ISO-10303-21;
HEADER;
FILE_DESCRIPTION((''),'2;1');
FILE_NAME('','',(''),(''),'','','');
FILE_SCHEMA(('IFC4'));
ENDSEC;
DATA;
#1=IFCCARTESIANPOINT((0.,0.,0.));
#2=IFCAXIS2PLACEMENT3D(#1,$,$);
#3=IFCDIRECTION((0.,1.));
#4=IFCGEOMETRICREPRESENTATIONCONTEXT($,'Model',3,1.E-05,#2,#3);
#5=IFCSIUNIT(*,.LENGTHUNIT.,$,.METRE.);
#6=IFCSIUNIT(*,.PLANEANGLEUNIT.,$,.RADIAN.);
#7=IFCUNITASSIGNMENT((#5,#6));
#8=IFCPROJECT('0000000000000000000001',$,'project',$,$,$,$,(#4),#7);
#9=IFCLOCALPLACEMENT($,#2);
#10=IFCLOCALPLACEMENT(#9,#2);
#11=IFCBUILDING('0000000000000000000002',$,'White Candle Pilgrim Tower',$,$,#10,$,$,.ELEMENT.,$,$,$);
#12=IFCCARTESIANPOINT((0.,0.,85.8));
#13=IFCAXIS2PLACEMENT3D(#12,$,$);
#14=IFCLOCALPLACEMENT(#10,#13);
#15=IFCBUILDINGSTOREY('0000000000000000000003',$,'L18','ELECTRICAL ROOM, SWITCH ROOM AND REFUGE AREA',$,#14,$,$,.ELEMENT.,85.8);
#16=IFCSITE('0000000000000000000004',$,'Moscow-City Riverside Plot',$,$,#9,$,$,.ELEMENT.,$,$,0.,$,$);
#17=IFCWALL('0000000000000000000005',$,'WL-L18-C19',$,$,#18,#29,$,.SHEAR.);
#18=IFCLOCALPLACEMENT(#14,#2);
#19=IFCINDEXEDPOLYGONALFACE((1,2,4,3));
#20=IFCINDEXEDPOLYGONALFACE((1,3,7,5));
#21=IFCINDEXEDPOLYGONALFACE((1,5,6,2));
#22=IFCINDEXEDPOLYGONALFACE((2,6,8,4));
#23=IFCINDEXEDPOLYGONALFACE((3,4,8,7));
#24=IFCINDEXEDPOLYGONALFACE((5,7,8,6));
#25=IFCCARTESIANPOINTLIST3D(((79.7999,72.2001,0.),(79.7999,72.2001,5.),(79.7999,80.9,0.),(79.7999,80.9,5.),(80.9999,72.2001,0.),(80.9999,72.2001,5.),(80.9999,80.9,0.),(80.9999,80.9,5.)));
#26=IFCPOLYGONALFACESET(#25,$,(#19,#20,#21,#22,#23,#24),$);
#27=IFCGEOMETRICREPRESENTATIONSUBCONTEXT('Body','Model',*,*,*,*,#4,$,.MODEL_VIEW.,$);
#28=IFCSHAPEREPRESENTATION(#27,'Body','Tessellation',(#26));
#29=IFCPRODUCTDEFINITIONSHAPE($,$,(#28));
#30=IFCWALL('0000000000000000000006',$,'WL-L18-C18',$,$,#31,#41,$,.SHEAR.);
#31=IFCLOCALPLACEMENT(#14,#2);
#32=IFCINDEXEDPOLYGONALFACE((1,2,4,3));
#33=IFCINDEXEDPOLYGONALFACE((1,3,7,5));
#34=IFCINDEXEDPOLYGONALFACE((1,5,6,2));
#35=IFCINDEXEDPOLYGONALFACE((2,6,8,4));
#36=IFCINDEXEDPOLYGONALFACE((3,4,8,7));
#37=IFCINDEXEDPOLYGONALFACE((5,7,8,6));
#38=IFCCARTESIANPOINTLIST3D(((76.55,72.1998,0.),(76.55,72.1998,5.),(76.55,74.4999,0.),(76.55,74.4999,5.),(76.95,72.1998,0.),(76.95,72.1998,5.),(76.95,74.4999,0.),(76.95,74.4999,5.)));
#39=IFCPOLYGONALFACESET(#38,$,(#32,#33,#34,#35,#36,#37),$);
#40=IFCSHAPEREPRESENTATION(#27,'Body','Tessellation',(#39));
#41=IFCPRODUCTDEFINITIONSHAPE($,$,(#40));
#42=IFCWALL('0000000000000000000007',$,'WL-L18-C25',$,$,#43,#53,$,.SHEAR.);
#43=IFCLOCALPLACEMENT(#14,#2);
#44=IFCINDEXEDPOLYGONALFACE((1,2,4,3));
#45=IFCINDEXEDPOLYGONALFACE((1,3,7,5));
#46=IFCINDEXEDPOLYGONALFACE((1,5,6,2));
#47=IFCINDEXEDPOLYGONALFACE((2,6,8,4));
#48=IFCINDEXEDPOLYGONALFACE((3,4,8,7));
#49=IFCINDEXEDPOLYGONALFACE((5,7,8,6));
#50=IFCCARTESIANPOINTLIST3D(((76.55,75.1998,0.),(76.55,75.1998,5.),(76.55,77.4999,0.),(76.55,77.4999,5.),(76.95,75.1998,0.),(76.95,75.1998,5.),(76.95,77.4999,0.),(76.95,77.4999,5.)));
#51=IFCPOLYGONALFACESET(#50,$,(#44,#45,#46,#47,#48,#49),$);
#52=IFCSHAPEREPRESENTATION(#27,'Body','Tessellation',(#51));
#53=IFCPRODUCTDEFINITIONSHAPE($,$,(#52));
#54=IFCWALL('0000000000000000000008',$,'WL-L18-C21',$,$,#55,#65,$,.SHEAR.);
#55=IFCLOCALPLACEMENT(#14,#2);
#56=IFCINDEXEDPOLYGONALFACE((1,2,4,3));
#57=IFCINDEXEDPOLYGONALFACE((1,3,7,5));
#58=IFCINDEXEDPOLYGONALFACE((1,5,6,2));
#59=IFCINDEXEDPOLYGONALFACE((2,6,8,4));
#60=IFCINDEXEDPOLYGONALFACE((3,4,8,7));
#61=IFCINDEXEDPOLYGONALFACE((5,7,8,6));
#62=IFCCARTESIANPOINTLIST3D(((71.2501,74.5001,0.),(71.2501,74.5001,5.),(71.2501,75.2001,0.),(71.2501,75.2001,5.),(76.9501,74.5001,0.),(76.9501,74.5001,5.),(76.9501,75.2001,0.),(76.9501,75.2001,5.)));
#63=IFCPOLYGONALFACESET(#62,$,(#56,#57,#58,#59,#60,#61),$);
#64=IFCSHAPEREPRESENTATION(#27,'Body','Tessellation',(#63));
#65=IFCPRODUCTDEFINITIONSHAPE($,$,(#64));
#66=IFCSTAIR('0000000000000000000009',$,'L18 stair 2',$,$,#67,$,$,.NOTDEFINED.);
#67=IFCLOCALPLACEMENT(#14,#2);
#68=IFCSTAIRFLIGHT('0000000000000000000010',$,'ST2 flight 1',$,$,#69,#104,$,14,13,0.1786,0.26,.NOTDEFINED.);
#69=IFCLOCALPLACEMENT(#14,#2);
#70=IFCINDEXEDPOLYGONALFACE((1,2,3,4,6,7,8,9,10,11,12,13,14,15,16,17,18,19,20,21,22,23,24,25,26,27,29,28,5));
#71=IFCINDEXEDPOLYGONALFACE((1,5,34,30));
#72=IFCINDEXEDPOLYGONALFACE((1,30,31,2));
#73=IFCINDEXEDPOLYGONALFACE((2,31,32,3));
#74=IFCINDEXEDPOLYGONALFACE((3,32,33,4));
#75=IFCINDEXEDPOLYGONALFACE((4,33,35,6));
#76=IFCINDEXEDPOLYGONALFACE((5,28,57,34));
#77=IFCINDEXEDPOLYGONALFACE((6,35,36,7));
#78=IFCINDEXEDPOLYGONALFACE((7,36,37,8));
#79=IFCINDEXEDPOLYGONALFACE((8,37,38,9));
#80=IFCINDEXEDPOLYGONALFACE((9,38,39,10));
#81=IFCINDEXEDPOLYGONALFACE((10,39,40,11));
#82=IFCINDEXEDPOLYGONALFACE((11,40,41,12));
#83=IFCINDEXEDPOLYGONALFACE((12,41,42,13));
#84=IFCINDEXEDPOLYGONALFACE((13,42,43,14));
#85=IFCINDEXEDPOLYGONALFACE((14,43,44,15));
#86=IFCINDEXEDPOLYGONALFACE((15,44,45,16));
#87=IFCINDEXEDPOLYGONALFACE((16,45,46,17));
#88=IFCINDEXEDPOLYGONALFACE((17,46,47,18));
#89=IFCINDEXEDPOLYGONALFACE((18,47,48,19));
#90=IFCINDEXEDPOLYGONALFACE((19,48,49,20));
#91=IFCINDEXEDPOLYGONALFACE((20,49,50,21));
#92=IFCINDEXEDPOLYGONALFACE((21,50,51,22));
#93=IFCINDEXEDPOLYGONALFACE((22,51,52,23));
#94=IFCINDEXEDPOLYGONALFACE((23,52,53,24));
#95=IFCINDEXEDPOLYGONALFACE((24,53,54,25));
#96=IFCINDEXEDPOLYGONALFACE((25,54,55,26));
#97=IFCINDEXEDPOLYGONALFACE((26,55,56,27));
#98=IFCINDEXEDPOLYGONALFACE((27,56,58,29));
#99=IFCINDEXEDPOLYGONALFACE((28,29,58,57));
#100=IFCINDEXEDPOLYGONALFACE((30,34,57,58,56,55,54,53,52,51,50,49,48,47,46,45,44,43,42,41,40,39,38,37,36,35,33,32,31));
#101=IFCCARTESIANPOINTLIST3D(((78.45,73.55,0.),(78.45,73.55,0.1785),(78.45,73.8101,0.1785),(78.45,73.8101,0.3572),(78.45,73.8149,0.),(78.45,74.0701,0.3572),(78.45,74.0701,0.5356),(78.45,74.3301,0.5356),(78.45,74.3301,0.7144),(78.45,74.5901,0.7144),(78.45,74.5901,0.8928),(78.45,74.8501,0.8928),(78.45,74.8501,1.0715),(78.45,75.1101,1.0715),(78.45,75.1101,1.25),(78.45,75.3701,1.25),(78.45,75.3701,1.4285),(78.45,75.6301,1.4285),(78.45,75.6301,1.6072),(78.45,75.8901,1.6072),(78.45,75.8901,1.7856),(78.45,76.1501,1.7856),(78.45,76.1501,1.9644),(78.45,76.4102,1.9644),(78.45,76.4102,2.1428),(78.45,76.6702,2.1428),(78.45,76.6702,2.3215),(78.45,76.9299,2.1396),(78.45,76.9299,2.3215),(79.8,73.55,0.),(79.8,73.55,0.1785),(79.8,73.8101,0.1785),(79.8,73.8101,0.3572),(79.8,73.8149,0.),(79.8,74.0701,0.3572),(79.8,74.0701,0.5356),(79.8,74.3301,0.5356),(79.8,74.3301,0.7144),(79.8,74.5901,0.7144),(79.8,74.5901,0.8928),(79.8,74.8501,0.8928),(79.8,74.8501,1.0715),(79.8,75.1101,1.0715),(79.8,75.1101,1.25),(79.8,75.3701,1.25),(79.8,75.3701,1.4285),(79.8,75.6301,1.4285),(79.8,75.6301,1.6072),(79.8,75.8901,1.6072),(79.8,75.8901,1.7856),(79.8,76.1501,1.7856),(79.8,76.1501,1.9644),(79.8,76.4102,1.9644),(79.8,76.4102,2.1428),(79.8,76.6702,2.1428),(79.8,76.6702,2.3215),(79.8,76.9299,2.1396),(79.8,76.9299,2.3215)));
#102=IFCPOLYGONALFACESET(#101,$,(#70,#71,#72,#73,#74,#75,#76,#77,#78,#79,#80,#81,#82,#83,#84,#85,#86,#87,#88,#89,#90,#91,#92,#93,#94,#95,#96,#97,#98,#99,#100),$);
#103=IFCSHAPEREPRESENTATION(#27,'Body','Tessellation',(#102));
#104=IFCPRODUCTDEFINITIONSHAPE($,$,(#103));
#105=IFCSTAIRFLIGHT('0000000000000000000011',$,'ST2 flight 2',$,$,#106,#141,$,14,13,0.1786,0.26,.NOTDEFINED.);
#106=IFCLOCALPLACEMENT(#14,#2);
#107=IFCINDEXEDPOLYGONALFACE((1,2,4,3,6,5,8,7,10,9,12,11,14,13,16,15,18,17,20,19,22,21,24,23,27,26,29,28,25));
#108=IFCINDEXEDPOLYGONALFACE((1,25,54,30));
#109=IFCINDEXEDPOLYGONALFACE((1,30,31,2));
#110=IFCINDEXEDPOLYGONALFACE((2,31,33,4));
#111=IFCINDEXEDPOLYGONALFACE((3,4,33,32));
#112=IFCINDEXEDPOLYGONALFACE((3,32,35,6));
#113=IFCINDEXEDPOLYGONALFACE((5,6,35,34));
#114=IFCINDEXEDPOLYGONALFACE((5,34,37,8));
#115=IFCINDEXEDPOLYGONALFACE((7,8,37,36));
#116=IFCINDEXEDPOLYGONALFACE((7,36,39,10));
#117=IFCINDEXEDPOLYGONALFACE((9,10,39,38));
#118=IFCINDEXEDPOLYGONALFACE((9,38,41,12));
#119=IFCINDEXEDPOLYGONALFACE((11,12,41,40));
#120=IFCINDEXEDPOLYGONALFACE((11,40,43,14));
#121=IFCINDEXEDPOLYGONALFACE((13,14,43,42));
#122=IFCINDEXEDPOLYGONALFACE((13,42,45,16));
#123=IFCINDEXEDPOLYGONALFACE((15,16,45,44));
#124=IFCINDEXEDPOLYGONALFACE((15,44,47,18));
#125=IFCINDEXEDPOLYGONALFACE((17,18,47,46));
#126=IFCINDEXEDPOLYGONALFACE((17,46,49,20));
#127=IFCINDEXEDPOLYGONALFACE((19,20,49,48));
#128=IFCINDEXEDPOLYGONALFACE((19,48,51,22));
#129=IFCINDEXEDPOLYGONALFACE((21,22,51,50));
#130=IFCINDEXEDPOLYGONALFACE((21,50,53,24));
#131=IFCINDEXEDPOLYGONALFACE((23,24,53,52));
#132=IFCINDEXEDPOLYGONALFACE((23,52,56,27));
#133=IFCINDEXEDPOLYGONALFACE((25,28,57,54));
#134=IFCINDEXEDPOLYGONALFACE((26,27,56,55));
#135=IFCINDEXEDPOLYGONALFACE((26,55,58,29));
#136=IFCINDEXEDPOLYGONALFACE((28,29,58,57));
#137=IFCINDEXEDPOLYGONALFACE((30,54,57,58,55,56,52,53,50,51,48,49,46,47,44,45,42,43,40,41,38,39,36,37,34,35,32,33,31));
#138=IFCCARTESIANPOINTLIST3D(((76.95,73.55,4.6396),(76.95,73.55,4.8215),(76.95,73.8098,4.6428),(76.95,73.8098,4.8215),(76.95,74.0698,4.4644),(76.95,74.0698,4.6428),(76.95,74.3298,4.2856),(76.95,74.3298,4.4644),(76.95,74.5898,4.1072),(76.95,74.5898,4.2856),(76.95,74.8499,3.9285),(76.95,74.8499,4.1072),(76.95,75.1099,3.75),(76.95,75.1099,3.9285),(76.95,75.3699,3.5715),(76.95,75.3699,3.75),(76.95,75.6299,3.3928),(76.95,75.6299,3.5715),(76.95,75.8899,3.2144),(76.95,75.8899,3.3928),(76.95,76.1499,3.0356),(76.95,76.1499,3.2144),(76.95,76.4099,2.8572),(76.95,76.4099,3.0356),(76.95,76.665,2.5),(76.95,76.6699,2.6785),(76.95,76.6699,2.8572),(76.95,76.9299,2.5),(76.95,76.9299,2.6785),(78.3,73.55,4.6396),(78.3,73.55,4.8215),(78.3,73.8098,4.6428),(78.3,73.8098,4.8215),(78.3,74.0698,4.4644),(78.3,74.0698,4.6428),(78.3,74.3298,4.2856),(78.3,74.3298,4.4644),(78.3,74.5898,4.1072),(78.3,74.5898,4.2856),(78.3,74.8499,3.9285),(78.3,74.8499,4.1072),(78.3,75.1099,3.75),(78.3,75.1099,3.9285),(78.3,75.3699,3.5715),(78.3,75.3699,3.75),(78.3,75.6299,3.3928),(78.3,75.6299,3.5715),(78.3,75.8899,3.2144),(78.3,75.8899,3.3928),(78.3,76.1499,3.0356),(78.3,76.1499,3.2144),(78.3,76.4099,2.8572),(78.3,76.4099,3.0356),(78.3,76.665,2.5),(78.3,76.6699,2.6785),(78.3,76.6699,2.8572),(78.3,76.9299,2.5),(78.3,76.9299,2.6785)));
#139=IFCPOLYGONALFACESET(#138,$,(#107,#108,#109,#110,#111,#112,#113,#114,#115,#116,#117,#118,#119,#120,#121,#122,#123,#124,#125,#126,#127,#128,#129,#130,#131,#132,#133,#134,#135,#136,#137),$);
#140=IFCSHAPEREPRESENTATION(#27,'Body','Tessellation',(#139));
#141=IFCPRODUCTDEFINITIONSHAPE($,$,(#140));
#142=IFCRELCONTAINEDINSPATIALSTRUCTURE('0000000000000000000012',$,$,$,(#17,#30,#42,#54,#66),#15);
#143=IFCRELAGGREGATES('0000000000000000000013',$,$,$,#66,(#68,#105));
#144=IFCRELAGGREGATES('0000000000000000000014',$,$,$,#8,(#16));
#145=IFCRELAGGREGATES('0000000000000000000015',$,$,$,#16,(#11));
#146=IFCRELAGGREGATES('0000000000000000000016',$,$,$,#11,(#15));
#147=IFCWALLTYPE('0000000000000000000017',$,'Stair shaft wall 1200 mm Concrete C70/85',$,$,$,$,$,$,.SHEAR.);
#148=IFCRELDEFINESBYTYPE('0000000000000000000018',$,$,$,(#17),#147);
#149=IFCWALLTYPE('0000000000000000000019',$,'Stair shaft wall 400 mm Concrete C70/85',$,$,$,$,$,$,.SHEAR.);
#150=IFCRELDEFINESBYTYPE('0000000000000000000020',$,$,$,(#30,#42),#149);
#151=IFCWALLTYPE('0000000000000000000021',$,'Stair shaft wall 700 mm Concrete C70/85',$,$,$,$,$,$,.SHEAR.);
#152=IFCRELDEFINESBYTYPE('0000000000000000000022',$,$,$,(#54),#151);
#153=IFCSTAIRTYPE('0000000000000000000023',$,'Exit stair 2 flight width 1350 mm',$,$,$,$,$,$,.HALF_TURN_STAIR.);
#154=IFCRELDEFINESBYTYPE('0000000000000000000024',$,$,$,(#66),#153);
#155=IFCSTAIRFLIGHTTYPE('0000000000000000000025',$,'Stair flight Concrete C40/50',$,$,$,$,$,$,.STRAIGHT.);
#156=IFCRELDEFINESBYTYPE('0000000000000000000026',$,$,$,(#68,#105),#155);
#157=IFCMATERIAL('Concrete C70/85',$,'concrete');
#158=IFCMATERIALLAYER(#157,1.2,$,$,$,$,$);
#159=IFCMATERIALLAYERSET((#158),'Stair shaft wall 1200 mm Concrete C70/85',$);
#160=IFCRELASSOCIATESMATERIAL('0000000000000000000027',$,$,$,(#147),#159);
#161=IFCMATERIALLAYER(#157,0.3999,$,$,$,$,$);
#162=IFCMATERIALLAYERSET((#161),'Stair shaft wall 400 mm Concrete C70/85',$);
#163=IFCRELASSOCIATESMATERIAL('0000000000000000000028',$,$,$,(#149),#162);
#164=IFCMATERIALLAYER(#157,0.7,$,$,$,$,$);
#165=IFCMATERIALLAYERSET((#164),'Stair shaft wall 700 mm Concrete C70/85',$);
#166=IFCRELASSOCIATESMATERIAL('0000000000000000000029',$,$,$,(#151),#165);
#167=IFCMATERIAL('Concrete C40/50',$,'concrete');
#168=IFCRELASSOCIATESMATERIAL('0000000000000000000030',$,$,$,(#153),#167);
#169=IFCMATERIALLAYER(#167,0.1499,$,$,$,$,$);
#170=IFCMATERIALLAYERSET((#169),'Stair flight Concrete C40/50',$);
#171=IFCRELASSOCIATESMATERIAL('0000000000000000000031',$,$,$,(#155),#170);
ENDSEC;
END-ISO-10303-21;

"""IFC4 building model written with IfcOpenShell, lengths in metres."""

from ifc_helpers import new_model, si_unit, direction, frame, frame_2d, origin, place, context, subcontext, project, spatial, polyline, rectangle, outline, extrude, material, layer, layer_set, type_object, element, aggregate, save


model = new_model("IFC4")

# Units and contexts
model_context = context("Model", 3, precision=1e-05, world=origin(), true_north=direction((0.0, 1.0)))
body_context = subcontext(model_context, "Body", "Model", "MODEL_VIEW")
ifc_project = project(units=[si_unit("LENGTHUNIT", "METRE"), si_unit("PLANEANGLEUNIT", "RADIAN")], contexts=[model_context])

# Site, building, storey
site_placement = place(None, origin())
site = spatial("IfcSite", under=ifc_project, at=site_placement, Name="Moscow-City Riverside Plot", CompositionType="ELEMENT", RefElevation=0.0)
building_placement = place(site_placement, origin())
building = spatial("IfcBuilding", under=site, at=building_placement, Name="White Candle Pilgrim Tower", CompositionType="ELEMENT")
storey_placement = place(building_placement, frame((0.0, 0.0, 85.8)))
storey = spatial("IfcBuildingStorey", under=building, at=storey_placement, Name="L18", Description="ELECTRICAL ROOM, SWITCH ROOM AND REFUGE AREA", CompositionType="ELEMENT", Elevation=85.8)

# Walls
ifc_material_1 = material(Name="Concrete C70/85", Category="concrete")
ifc_layer_1 = layer(ifc_material_1, 1.2)
ifc_layer_set_1 = layer_set([ifc_layer_1], Name="Stair shaft wall 1200 mm Concrete C70/85")
wall_type_1 = type_object("IfcWallType", Name="Stair shaft wall 1200 mm Concrete C70/85", PredefinedType="SHEAR", material=ifc_layer_set_1)
wall_1_placement = place(storey_placement, frame((80.3999, 72.2, 0.0), z_axis=(0.0, 0.0, 1.0), x_axis=(0.0, 1.0, 0.0)))
element("IfcWall", 1, at=wall_1_placement, inside=storey, type_object=wall_type_1, Name="WL-L18-C19", PredefinedType="SHEAR", context=body_context, shape_type="SweptSolid", body=[
    extrude(rectangle(XDim=8.7, YDim=1.2, at=frame_2d((4.3501, 0.0))), origin(), (0.0, 0.0, 1.0), 5.0),
])
ifc_layer_2 = layer(ifc_material_1, 0.3999)
ifc_layer_set_2 = layer_set([ifc_layer_2], Name="Stair shaft wall 400 mm Concrete C70/85")
wall_type_2 = type_object("IfcWallType", Name="Stair shaft wall 400 mm Concrete C70/85", PredefinedType="SHEAR", material=ifc_layer_set_2)
for number, where, z_axis, x_axis, name in (
    (2, (76.75, 72.2, 0.0), (0.0, 0.0, 1.0), (0.0, 1.0, 0.0), "WL-L18-C18"),
    (3, (76.75, 75.2, 0.0), (0.0, 0.0, 1.0), (0.0, 1.0, 0.0), "WL-L18-C25"),
):
    element("IfcWall", number, at=place(storey_placement, frame(where, z_axis=z_axis, x_axis=x_axis)), inside=storey, type_object=wall_type_2, Name=name, PredefinedType="SHEAR", context=body_context, shape_type="SweptSolid", body=[
        extrude(rectangle(XDim=2.3, YDim=0.3999, at=frame_2d((1.1499, 0.0))), origin(), (0.0, 0.0, 1.0), 5.0),
    ])
ifc_layer_3 = layer(ifc_material_1, 0.7)
ifc_layer_set_3 = layer_set([ifc_layer_3], Name="Stair shaft wall 700 mm Concrete C70/85")
wall_type_3 = type_object("IfcWallType", Name="Stair shaft wall 700 mm Concrete C70/85", PredefinedType="SHEAR", material=ifc_layer_set_3)
wall_2_placement = place(storey_placement, frame((71.25, 74.8501, 0.0), z_axis=(0.0, 0.0, 1.0), x_axis=(1.0, 0.0, 0.0)))
element("IfcWall", 4, at=wall_2_placement, inside=storey, type_object=wall_type_3, Name="WL-L18-C21", PredefinedType="SHEAR", context=body_context, shape_type="SweptSolid", body=[
    extrude(rectangle(XDim=5.7, YDim=0.7, at=frame_2d((2.8501, 0.0))), origin(), (0.0, 0.0, 1.0), 5.0),
])

# Stair, stair flights
ifc_material_2 = material(Name="Concrete C40/50", Category="concrete")
stair_type = type_object("IfcStairType", Name="Exit stair 2 flight width 1350 mm", PredefinedType="HALF_TURN_STAIR", material=ifc_material_2)
stair_placement = place(storey_placement, origin())
stair = element("IfcStair", 5, at=stair_placement, inside=storey, type_object=stair_type, Name="L18 stair 2", PredefinedType="NOTDEFINED")
ifc_layer_4 = layer(ifc_material_2, 0.1499)
ifc_layer_set_4 = layer_set([ifc_layer_4], Name="Stair flight Concrete C40/50")
stair_flight_type = type_object("IfcStairFlightType", Name="Stair flight Concrete C40/50", PredefinedType="STRAIGHT", material=ifc_layer_set_4)
stair_flight_1_placement = place(storey_placement, frame((79.125, 73.55, 0.0), z_axis=(0.0, 0.0, 1.0), x_axis=(0.0, 1.0, 0.0)))
stair_flight_1 = element("IfcStairFlight", 6, at=stair_flight_1_placement, type_object=stair_flight_type, Name="ST2 flight 1", NumberOfRisers=14, NumberOfTreads=13, PredefinedType="NOTDEFINED", RiserHeight=0.1786, TreadLength=0.26, context=body_context, shape_type="SweptSolid", body=[
    extrude(outline(polyline([(0.0, 0.0), (0.0, 0.1785), (0.26, 0.1785), (0.26, 0.3572), (0.52, 0.3572), (0.52, 0.5356), (0.78, 0.5356), (0.78, 0.7144), (1.04, 0.7144), (1.04, 0.8928), (1.3, 0.8928), (1.3, 1.0715), (1.5601, 1.0715), (1.5601, 1.25), (1.8201, 1.25), (1.8201, 1.4285), (2.0801, 1.4285), (2.0801, 1.6072), (2.3401, 1.6072), (2.3401, 1.7856), (2.6001, 1.7856), (2.6001, 1.9644), (2.8601, 1.9644), (2.8601, 2.1428), (3.1201, 2.1428), (3.1201, 2.3215), (3.3799, 2.3215), (3.3799, 2.5), (3.3799, 2.1396), (0.2649, 0.0), (0.0, 0.0)])), frame((0.0, 0.675, 0.0), z_axis=(0.0, -1.0, 0.0), x_axis=(1.0, 0.0, 0.0)), (0.0, 0.0, 1.0), 1.3501),
])
stair_flight_2_placement = place(storey_placement, frame((77.625, 76.9299, 2.5), z_axis=(0.0, 0.0, 1.0), x_axis=(0.0, -1.0, 0.0)))
stair_flight_2 = element("IfcStairFlight", 7, at=stair_flight_2_placement, type_object=stair_flight_type, Name="ST2 flight 2", NumberOfRisers=14, NumberOfTreads=13, PredefinedType="NOTDEFINED", RiserHeight=0.1786, TreadLength=0.26, context=body_context, shape_type="SweptSolid", body=[
    extrude(outline(polyline([(0.0, 0.0), (0.0, 0.1785), (0.26, 0.1785), (0.26, 0.3572), (0.52, 0.3572), (0.52, 0.5356), (0.78, 0.5356), (0.78, 0.7144), (1.04, 0.7144), (1.04, 0.8928), (1.3, 0.8928), (1.3, 1.0715), (1.5601, 1.0715), (1.5601, 1.25), (1.8201, 1.25), (1.8201, 1.4285), (2.0801, 1.4285), (2.0801, 1.6072), (2.3401, 1.6072), (2.3401, 1.7856), (2.6001, 1.7856), (2.6001, 1.9644), (2.8601, 1.9644), (2.8601, 2.1428), (3.1201, 2.1428), (3.1201, 2.3215), (3.3799, 2.3215), (3.3799, 2.5), (3.3799, 2.1396), (0.2649, 0.0), (0.0, 0.0)])), frame((0.0, 0.675, 0.0), z_axis=(0.0, -1.0, 0.0), x_axis=(1.0, 0.0, 0.0)), (0.0, 0.0, 1.0), 1.3501),
])
aggregate(stair, [stair_flight_1, stair_flight_2])

save(model, "model.ifc")
